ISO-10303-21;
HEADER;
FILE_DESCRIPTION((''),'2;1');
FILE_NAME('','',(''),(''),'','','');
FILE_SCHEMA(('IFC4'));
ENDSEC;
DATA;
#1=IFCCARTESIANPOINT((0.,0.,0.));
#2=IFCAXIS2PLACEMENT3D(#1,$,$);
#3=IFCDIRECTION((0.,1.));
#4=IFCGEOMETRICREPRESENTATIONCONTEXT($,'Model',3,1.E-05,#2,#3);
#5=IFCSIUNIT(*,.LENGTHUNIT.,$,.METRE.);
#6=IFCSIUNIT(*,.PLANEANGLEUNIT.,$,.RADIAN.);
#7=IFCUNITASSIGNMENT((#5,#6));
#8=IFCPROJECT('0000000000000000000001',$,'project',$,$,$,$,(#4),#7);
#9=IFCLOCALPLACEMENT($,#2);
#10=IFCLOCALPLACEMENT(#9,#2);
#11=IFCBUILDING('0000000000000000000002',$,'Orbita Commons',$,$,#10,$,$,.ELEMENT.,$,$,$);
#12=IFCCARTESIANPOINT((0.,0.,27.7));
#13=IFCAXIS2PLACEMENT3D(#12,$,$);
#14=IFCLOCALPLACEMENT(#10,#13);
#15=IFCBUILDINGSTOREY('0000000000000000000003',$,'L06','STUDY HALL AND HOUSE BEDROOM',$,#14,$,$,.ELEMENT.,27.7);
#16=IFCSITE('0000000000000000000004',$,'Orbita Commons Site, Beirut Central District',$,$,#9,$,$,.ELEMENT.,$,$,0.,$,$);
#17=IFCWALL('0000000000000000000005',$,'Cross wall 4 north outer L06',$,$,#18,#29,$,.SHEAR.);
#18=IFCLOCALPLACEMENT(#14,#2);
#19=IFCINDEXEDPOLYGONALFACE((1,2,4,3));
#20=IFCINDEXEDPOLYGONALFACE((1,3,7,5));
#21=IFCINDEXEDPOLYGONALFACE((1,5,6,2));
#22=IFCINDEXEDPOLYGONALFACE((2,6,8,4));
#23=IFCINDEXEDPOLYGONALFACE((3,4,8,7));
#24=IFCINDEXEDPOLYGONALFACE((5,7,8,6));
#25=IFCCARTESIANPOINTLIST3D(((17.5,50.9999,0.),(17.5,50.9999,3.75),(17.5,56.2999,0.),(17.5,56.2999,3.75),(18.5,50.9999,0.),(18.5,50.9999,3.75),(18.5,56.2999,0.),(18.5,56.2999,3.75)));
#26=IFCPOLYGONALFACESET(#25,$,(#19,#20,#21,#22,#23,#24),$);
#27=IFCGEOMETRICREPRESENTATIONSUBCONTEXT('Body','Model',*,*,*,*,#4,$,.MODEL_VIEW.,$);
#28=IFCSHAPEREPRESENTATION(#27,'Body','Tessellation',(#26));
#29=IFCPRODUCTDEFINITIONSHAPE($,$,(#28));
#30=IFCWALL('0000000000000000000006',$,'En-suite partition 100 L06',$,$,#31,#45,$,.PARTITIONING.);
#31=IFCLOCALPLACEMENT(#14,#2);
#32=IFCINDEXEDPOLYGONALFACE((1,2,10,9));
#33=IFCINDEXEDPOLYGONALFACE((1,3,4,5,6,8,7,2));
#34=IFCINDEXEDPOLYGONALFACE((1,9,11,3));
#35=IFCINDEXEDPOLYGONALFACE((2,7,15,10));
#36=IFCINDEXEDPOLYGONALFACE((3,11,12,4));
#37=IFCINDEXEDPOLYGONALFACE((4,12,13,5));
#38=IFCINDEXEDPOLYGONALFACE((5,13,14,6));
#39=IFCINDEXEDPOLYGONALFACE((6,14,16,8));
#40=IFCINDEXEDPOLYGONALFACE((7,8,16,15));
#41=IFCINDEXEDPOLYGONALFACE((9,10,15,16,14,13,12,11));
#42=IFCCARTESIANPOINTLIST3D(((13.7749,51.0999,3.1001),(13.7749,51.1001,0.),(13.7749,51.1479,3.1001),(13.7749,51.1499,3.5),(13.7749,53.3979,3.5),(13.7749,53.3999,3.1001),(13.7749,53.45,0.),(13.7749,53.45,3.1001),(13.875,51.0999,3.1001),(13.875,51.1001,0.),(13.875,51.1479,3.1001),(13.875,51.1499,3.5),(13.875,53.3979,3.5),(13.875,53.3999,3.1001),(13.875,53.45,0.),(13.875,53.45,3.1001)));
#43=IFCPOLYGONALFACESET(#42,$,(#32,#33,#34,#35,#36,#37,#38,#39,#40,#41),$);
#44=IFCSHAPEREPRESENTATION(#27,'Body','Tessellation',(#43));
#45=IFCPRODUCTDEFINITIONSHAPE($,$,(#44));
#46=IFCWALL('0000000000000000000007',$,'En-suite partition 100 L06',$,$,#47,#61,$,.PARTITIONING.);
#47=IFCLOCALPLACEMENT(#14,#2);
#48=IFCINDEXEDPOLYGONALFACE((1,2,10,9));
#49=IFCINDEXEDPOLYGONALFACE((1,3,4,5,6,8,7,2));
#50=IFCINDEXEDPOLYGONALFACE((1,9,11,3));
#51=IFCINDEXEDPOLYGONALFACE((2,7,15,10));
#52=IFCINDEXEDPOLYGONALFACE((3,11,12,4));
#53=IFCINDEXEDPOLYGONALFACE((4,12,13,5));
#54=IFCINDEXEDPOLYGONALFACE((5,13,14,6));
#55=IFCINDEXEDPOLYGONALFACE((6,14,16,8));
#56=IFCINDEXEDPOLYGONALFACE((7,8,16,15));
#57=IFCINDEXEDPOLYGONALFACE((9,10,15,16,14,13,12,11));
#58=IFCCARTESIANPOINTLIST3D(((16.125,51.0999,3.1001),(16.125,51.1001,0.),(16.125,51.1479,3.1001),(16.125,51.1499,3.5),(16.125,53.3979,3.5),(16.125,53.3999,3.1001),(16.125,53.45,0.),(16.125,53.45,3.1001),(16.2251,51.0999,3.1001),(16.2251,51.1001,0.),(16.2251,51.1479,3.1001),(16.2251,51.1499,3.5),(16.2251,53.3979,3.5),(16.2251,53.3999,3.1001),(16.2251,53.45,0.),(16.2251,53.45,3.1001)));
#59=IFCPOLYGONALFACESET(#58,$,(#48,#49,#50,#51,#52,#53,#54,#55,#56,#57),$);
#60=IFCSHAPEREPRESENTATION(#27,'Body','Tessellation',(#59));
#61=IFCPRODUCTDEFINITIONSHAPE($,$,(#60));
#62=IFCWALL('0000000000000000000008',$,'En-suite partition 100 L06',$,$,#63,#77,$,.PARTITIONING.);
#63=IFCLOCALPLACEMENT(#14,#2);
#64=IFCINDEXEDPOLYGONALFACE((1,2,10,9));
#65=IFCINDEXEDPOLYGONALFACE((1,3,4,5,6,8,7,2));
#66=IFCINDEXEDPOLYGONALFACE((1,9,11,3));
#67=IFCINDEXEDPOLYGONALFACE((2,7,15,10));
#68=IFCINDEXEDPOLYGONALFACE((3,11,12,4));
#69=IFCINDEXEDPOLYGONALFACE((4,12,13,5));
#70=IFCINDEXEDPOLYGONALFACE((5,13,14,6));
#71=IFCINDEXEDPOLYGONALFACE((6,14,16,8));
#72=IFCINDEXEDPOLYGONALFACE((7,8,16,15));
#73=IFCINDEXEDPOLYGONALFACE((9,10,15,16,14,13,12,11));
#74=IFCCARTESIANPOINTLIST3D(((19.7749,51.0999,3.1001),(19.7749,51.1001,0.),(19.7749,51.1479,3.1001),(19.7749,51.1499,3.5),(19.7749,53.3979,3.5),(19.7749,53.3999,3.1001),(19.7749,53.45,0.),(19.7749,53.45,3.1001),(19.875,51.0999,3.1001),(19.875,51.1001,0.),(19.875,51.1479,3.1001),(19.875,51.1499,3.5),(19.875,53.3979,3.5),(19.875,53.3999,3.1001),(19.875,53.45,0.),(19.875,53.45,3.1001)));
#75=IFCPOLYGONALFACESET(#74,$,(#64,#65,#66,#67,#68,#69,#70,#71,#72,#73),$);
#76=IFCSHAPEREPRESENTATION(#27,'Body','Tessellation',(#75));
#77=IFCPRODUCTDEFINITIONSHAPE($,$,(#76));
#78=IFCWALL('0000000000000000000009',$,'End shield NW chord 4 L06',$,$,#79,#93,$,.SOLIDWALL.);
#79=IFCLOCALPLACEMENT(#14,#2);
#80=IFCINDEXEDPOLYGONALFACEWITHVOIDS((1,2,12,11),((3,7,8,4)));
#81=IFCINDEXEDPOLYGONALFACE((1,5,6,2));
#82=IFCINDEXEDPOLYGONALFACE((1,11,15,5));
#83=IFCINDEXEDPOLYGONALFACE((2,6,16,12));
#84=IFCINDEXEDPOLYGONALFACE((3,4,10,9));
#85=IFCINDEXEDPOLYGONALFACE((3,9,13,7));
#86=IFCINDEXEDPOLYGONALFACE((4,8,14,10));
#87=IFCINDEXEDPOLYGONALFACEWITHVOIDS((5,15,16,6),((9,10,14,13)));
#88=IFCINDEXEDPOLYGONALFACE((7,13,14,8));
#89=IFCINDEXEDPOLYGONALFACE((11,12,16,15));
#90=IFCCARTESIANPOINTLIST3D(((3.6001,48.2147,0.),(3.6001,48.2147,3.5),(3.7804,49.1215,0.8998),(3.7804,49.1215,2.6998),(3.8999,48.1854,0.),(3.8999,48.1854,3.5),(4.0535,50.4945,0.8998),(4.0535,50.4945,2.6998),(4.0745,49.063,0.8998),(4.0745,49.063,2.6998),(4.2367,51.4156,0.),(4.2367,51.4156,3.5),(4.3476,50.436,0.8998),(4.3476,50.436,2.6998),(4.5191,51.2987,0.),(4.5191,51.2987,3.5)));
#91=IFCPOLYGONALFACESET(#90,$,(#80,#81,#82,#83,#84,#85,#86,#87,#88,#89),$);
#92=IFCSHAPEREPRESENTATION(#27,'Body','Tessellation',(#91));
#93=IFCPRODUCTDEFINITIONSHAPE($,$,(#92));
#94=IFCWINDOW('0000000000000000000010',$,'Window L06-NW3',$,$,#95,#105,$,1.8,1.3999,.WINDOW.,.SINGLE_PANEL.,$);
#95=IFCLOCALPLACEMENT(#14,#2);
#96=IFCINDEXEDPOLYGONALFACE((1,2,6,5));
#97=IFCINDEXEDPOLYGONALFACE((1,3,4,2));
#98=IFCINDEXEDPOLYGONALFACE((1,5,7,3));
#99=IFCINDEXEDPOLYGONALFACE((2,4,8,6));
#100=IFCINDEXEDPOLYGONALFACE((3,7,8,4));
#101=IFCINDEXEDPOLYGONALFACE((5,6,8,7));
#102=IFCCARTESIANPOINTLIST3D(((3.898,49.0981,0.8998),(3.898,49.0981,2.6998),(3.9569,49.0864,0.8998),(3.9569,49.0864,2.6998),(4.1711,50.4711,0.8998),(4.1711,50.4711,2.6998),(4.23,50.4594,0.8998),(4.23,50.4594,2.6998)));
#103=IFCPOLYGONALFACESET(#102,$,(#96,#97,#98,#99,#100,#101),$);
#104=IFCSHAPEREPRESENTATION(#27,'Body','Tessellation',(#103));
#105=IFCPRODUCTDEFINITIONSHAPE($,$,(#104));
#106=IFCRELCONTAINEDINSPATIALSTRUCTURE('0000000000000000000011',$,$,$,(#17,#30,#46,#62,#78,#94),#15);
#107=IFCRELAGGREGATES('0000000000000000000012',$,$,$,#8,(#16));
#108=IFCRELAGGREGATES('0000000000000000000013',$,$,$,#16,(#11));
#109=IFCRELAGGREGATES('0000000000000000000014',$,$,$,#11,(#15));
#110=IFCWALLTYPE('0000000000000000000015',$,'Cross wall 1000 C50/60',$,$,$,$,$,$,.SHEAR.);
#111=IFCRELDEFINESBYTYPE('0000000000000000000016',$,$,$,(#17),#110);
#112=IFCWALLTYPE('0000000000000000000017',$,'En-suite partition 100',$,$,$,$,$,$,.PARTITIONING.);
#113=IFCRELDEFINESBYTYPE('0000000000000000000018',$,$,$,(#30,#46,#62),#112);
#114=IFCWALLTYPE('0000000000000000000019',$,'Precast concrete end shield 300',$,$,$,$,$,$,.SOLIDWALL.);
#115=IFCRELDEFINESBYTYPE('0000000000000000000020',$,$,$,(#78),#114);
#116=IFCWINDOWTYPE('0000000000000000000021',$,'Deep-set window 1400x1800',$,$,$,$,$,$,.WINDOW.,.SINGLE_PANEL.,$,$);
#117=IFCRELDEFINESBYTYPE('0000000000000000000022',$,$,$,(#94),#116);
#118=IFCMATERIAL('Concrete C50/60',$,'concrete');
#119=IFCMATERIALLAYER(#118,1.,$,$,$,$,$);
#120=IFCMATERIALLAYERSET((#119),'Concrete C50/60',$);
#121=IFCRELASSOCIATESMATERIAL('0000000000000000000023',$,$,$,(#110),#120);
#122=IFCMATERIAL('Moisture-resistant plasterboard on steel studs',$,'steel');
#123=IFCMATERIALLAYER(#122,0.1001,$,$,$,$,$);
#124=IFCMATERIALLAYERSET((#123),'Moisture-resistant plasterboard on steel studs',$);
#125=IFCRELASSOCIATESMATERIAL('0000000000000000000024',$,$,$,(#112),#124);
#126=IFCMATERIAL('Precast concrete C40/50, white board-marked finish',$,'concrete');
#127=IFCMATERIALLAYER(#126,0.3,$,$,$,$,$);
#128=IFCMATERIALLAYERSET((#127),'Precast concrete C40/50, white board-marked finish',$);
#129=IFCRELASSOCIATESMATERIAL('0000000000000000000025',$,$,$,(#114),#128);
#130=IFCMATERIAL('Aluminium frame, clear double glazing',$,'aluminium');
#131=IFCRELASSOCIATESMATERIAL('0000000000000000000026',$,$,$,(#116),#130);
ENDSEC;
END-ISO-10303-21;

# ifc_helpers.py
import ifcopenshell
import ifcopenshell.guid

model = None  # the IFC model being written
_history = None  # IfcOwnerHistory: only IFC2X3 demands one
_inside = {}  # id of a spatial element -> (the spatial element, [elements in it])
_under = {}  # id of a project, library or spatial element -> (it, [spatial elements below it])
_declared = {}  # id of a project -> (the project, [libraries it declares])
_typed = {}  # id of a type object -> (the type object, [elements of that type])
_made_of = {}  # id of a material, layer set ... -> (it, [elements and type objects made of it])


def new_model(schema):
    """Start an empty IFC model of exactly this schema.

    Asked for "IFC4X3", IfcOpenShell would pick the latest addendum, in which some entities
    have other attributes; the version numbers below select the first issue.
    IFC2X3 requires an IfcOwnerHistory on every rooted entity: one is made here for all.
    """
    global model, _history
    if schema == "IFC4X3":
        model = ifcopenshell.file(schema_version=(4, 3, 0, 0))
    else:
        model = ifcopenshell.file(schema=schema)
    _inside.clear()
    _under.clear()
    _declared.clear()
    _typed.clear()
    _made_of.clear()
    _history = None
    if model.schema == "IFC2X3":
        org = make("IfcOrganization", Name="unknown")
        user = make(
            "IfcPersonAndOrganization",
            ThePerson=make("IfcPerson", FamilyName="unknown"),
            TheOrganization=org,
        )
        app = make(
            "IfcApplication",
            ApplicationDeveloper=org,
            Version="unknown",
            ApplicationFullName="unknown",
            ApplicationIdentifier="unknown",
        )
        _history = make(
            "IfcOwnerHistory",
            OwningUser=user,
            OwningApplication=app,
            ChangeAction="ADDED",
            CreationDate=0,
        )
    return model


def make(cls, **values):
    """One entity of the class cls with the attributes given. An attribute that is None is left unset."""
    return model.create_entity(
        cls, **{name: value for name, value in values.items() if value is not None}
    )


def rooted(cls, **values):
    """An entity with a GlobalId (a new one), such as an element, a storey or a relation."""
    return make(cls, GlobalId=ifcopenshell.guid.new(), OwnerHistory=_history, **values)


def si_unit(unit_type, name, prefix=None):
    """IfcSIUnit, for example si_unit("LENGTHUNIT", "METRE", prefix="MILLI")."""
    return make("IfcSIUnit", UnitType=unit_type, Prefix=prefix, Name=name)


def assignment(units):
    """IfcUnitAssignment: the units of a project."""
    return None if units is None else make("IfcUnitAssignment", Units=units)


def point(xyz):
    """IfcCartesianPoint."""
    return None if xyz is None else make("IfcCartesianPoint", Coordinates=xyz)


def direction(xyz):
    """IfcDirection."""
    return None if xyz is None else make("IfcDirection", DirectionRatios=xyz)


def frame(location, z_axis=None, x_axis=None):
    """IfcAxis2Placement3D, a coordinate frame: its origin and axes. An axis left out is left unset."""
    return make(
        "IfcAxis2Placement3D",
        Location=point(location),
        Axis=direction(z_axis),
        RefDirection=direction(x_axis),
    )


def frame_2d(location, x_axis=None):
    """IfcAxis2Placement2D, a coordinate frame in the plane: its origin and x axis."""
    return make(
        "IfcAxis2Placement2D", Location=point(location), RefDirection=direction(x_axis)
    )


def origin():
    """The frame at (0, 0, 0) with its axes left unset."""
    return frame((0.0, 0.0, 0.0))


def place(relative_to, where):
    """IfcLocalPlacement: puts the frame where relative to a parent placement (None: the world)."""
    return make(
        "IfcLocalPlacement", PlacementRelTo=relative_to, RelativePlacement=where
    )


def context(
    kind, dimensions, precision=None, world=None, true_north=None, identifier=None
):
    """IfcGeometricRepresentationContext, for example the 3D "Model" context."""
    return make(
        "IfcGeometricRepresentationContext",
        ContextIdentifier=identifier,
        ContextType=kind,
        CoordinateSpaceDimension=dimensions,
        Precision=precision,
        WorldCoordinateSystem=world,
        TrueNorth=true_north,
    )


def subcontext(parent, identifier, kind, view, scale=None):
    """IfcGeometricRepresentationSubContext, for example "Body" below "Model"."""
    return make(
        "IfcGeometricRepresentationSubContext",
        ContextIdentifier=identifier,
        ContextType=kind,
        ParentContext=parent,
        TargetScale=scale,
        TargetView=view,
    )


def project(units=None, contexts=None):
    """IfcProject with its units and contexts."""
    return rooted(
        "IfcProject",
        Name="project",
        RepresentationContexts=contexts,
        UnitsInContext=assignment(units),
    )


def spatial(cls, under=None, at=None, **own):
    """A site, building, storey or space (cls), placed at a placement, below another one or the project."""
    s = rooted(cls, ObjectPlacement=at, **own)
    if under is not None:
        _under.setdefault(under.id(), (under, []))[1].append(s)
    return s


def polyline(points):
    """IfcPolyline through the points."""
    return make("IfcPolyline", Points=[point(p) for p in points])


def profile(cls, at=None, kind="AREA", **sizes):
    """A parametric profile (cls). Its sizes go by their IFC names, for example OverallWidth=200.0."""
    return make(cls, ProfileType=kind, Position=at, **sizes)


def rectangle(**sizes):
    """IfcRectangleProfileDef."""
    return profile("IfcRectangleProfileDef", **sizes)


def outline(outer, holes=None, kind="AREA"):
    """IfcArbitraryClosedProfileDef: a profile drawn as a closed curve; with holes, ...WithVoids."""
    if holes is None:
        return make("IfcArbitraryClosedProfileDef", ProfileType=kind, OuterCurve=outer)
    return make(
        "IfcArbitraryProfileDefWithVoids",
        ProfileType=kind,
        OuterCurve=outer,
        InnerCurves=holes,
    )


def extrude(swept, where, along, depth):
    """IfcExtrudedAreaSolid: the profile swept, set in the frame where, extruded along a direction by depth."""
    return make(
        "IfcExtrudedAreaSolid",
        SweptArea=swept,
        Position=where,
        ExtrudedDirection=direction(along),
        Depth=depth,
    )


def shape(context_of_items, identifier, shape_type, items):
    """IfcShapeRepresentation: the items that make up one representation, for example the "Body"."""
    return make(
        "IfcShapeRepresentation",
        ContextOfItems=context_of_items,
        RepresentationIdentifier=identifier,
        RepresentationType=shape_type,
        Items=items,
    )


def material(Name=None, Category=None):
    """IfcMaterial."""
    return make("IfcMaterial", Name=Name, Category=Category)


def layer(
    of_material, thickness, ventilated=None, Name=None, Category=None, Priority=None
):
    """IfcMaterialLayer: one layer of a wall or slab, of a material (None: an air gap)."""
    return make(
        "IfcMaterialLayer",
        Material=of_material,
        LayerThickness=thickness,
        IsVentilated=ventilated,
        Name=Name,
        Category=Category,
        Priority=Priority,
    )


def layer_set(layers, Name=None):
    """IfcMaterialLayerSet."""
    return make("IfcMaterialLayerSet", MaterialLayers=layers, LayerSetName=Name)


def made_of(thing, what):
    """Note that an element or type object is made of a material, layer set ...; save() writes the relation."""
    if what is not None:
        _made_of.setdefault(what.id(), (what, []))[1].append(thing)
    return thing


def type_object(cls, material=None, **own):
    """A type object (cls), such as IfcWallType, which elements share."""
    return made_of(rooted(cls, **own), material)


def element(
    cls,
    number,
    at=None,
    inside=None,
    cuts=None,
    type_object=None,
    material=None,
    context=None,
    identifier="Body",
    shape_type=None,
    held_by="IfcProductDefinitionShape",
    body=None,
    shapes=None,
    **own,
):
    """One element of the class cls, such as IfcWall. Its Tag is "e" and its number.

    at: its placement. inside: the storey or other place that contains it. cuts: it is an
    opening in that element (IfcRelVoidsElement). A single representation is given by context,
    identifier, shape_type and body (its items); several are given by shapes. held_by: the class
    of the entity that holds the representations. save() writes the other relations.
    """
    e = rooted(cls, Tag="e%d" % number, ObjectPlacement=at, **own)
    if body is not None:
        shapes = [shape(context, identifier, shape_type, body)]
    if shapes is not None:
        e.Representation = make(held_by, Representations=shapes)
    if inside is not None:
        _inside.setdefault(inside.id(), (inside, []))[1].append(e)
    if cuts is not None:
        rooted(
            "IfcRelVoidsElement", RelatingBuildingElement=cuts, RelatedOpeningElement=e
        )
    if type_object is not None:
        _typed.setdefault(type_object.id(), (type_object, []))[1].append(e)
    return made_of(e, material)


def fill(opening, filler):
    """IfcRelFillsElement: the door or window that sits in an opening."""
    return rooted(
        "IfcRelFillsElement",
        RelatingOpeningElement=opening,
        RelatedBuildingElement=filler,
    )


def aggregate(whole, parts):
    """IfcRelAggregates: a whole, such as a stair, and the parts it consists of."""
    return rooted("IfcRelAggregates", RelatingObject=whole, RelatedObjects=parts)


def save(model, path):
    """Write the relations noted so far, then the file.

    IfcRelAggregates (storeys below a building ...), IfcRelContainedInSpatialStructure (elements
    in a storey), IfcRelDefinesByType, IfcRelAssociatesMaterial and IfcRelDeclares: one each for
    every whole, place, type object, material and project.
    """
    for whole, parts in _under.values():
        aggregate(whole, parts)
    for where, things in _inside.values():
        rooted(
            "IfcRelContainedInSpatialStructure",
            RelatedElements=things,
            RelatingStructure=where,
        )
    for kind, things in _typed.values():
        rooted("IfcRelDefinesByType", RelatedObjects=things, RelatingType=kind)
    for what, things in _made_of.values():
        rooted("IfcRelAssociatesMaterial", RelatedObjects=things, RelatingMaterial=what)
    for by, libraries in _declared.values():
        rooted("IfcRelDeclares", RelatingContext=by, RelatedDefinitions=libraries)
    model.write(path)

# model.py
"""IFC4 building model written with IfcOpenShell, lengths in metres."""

from ifc_helpers import new_model, si_unit, direction, frame, frame_2d, origin, place, context, subcontext, project, spatial, polyline, rectangle, outline, extrude, material, layer, layer_set, type_object, element, fill, save


model = new_model("IFC4")

# Units and contexts
model_context = context("Model", 3, precision=1e-05, world=origin(), true_north=direction((0.0, 1.0)))
body_context = subcontext(model_context, "Body", "Model", "MODEL_VIEW")
ifc_project = project(units=[si_unit("LENGTHUNIT", "METRE"), si_unit("PLANEANGLEUNIT", "RADIAN")], contexts=[model_context])

# Site, building, storey
site_placement = place(None, origin())
site = spatial("IfcSite", under=ifc_project, at=site_placement, Name="Orbita Commons Site, Beirut Central District", CompositionType="ELEMENT", RefElevation=0.0)
building_placement = place(site_placement, origin())
building = spatial("IfcBuilding", under=site, at=building_placement, Name="Orbita Commons", CompositionType="ELEMENT")
storey_placement = place(building_placement, frame((0.0, 0.0, 27.7)))
storey = spatial("IfcBuildingStorey", under=building, at=storey_placement, Name="L06", Description="STUDY HALL AND HOUSE BEDROOM", CompositionType="ELEMENT", Elevation=27.7)

# Walls
ifc_material_1 = material(Name="Concrete C50/60", Category="concrete")
ifc_layer_1 = layer(ifc_material_1, 1.0)
ifc_layer_set_1 = layer_set([ifc_layer_1], Name="Concrete C50/60")
wall_type_1 = type_object("IfcWallType", Name="Cross wall 1000 C50/60", PredefinedType="SHEAR", material=ifc_layer_set_1)
for number, where, z_axis, x_axis, name in (
    (1, (18.0, 51.0, 0.0), (0.0, 0.0, 1.0), (0.0, 1.0, 0.0), "Cross wall 4 north outer L06"),
):
    element("IfcWall", number, at=place(storey_placement, frame(where, z_axis=z_axis, x_axis=x_axis)), inside=storey, type_object=wall_type_1, Name=name, PredefinedType="SHEAR", context=body_context, shape_type="SweptSolid", body=[
        extrude(rectangle(XDim=5.3, YDim=1.0, at=frame_2d((2.6499, 0.0))), origin(), (0.0, 0.0, 1.0), 3.75),
    ])
ifc_material_2 = material(Name="Moisture-resistant plasterboard on steel studs", Category="steel")
ifc_layer_2 = layer(ifc_material_2, 0.1001)
ifc_layer_set_2 = layer_set([ifc_layer_2], Name="Moisture-resistant plasterboard on steel studs")
wall_type_2 = type_object("IfcWallType", Name="En-suite partition 100", PredefinedType="PARTITIONING", material=ifc_layer_set_2)
for number, where, z_axis, x_axis, name in (
    (2, (13.825, 53.45, 0.0), (0.0, 0.0, 1.0), (0.0, -1.0, 0.0), "En-suite partition 100 L06"),
    (3, (16.175, 53.45, 0.0), (0.0, 0.0, 1.0), (0.0, -1.0, 0.0), "En-suite partition 100 L06"),
    (4, (19.825, 53.45, 0.0), (0.0, 0.0, 1.0), (0.0, -1.0, 0.0), "En-suite partition 100 L06"),
):
    element("IfcWall", number, at=place(storey_placement, frame(where, z_axis=z_axis, x_axis=x_axis)), inside=storey, type_object=wall_type_2, Name=name, PredefinedType="PARTITIONING", context=body_context, shape_type="SweptSolid", body=[
        extrude(outline(polyline([(0.0, 0.0), (2.3499, 0.0), (2.3501, 3.1001), (2.302, 3.1001), (2.3, 3.5), (0.052, 3.5), (0.05, 3.1001), (0.0, 3.1001), (0.0, 0.0)])), frame((0.0, 0.05, 0.0), z_axis=(0.0, -1.0, 0.0), x_axis=(1.0, 0.0, 0.0)), (0.0, 0.0, 1.0), 0.1001),
    ])

# Wall, opening, window
ifc_material_3 = material(Name="Precast concrete C40/50, white board-marked finish", Category="concrete")
ifc_layer_3 = layer(ifc_material_3, 0.3)
ifc_layer_set_3 = layer_set([ifc_layer_3], Name="Precast concrete C40/50, white board-marked finish")
wall_type_3 = type_object("IfcWallType", Name="Precast concrete end shield 300", PredefinedType="SOLIDWALL", material=ifc_layer_set_3)
wall_1_placement = place(storey_placement, frame((4.3779, 51.3572, 0.0), z_axis=(0.0, 0.0, 1.0), x_axis=(-0.195066, -0.98079, 0.0)))
wall_1 = element("IfcWall", 5, at=wall_1_placement, inside=storey, type_object=wall_type_3, Name="End shield NW chord 4 L06", PredefinedType="SOLIDWALL", context=body_context, shape_type="SweptSolid", body=[
    extrude(outline(polyline([(-0.0298, -0.1499), (3.2339, -0.1499), (3.2041, 0.1499), (0.0298, 0.1499), (-0.0298, -0.1499)])), origin(), (0.0, 0.0, 1.0), 3.5),
])
opening_1_placement = place(wall_1_placement, frame((0.9094, 0.0, 0.8999)))
opening_1 = element("IfcOpeningElement", 6, at=opening_1_placement, cuts=wall_1, PredefinedType="OPENING", context=body_context, shape_type="SweptSolid", body=[
    extrude(rectangle(XDim=1.3999, YDim=1.8, at=frame_2d((0.7, 0.8999))), frame((0.0, 0.1599, 0.0), z_axis=(0.0, -1.0, 0.0), x_axis=(1.0, 0.0, 0.0)), (0.0, 0.0, 1.0), 0.3201),
])
ifc_material_4 = material(Name="Aluminium frame, clear double glazing", Category="aluminium")
window_type = type_object("IfcWindowType", Name="Deep-set window 1400x1800", PartitioningType="SINGLE_PANEL", PredefinedType="WINDOW", material=ifc_material_4)
window_placement = place(opening_1_placement, origin())
window = element("IfcWindow", 7, at=window_placement, inside=storey, type_object=window_type, Name="Window L06-NW3", OverallHeight=1.8, OverallWidth=1.3999, PartitioningType="SINGLE_PANEL", PredefinedType="WINDOW", context=body_context, shape_type="SweptSolid", body=[
    extrude(rectangle(XDim=1.3999, YDim=1.8, at=frame_2d((0.7, 0.8999))), frame((0.0, 0.03, 0.0), z_axis=(0.0, -1.0, 0.0), x_axis=(1.0, 0.0, 0.0)), (0.0, 0.0, 1.0), 0.0601),
])
fill(opening_1, window)

save(model, "model.ifc")
